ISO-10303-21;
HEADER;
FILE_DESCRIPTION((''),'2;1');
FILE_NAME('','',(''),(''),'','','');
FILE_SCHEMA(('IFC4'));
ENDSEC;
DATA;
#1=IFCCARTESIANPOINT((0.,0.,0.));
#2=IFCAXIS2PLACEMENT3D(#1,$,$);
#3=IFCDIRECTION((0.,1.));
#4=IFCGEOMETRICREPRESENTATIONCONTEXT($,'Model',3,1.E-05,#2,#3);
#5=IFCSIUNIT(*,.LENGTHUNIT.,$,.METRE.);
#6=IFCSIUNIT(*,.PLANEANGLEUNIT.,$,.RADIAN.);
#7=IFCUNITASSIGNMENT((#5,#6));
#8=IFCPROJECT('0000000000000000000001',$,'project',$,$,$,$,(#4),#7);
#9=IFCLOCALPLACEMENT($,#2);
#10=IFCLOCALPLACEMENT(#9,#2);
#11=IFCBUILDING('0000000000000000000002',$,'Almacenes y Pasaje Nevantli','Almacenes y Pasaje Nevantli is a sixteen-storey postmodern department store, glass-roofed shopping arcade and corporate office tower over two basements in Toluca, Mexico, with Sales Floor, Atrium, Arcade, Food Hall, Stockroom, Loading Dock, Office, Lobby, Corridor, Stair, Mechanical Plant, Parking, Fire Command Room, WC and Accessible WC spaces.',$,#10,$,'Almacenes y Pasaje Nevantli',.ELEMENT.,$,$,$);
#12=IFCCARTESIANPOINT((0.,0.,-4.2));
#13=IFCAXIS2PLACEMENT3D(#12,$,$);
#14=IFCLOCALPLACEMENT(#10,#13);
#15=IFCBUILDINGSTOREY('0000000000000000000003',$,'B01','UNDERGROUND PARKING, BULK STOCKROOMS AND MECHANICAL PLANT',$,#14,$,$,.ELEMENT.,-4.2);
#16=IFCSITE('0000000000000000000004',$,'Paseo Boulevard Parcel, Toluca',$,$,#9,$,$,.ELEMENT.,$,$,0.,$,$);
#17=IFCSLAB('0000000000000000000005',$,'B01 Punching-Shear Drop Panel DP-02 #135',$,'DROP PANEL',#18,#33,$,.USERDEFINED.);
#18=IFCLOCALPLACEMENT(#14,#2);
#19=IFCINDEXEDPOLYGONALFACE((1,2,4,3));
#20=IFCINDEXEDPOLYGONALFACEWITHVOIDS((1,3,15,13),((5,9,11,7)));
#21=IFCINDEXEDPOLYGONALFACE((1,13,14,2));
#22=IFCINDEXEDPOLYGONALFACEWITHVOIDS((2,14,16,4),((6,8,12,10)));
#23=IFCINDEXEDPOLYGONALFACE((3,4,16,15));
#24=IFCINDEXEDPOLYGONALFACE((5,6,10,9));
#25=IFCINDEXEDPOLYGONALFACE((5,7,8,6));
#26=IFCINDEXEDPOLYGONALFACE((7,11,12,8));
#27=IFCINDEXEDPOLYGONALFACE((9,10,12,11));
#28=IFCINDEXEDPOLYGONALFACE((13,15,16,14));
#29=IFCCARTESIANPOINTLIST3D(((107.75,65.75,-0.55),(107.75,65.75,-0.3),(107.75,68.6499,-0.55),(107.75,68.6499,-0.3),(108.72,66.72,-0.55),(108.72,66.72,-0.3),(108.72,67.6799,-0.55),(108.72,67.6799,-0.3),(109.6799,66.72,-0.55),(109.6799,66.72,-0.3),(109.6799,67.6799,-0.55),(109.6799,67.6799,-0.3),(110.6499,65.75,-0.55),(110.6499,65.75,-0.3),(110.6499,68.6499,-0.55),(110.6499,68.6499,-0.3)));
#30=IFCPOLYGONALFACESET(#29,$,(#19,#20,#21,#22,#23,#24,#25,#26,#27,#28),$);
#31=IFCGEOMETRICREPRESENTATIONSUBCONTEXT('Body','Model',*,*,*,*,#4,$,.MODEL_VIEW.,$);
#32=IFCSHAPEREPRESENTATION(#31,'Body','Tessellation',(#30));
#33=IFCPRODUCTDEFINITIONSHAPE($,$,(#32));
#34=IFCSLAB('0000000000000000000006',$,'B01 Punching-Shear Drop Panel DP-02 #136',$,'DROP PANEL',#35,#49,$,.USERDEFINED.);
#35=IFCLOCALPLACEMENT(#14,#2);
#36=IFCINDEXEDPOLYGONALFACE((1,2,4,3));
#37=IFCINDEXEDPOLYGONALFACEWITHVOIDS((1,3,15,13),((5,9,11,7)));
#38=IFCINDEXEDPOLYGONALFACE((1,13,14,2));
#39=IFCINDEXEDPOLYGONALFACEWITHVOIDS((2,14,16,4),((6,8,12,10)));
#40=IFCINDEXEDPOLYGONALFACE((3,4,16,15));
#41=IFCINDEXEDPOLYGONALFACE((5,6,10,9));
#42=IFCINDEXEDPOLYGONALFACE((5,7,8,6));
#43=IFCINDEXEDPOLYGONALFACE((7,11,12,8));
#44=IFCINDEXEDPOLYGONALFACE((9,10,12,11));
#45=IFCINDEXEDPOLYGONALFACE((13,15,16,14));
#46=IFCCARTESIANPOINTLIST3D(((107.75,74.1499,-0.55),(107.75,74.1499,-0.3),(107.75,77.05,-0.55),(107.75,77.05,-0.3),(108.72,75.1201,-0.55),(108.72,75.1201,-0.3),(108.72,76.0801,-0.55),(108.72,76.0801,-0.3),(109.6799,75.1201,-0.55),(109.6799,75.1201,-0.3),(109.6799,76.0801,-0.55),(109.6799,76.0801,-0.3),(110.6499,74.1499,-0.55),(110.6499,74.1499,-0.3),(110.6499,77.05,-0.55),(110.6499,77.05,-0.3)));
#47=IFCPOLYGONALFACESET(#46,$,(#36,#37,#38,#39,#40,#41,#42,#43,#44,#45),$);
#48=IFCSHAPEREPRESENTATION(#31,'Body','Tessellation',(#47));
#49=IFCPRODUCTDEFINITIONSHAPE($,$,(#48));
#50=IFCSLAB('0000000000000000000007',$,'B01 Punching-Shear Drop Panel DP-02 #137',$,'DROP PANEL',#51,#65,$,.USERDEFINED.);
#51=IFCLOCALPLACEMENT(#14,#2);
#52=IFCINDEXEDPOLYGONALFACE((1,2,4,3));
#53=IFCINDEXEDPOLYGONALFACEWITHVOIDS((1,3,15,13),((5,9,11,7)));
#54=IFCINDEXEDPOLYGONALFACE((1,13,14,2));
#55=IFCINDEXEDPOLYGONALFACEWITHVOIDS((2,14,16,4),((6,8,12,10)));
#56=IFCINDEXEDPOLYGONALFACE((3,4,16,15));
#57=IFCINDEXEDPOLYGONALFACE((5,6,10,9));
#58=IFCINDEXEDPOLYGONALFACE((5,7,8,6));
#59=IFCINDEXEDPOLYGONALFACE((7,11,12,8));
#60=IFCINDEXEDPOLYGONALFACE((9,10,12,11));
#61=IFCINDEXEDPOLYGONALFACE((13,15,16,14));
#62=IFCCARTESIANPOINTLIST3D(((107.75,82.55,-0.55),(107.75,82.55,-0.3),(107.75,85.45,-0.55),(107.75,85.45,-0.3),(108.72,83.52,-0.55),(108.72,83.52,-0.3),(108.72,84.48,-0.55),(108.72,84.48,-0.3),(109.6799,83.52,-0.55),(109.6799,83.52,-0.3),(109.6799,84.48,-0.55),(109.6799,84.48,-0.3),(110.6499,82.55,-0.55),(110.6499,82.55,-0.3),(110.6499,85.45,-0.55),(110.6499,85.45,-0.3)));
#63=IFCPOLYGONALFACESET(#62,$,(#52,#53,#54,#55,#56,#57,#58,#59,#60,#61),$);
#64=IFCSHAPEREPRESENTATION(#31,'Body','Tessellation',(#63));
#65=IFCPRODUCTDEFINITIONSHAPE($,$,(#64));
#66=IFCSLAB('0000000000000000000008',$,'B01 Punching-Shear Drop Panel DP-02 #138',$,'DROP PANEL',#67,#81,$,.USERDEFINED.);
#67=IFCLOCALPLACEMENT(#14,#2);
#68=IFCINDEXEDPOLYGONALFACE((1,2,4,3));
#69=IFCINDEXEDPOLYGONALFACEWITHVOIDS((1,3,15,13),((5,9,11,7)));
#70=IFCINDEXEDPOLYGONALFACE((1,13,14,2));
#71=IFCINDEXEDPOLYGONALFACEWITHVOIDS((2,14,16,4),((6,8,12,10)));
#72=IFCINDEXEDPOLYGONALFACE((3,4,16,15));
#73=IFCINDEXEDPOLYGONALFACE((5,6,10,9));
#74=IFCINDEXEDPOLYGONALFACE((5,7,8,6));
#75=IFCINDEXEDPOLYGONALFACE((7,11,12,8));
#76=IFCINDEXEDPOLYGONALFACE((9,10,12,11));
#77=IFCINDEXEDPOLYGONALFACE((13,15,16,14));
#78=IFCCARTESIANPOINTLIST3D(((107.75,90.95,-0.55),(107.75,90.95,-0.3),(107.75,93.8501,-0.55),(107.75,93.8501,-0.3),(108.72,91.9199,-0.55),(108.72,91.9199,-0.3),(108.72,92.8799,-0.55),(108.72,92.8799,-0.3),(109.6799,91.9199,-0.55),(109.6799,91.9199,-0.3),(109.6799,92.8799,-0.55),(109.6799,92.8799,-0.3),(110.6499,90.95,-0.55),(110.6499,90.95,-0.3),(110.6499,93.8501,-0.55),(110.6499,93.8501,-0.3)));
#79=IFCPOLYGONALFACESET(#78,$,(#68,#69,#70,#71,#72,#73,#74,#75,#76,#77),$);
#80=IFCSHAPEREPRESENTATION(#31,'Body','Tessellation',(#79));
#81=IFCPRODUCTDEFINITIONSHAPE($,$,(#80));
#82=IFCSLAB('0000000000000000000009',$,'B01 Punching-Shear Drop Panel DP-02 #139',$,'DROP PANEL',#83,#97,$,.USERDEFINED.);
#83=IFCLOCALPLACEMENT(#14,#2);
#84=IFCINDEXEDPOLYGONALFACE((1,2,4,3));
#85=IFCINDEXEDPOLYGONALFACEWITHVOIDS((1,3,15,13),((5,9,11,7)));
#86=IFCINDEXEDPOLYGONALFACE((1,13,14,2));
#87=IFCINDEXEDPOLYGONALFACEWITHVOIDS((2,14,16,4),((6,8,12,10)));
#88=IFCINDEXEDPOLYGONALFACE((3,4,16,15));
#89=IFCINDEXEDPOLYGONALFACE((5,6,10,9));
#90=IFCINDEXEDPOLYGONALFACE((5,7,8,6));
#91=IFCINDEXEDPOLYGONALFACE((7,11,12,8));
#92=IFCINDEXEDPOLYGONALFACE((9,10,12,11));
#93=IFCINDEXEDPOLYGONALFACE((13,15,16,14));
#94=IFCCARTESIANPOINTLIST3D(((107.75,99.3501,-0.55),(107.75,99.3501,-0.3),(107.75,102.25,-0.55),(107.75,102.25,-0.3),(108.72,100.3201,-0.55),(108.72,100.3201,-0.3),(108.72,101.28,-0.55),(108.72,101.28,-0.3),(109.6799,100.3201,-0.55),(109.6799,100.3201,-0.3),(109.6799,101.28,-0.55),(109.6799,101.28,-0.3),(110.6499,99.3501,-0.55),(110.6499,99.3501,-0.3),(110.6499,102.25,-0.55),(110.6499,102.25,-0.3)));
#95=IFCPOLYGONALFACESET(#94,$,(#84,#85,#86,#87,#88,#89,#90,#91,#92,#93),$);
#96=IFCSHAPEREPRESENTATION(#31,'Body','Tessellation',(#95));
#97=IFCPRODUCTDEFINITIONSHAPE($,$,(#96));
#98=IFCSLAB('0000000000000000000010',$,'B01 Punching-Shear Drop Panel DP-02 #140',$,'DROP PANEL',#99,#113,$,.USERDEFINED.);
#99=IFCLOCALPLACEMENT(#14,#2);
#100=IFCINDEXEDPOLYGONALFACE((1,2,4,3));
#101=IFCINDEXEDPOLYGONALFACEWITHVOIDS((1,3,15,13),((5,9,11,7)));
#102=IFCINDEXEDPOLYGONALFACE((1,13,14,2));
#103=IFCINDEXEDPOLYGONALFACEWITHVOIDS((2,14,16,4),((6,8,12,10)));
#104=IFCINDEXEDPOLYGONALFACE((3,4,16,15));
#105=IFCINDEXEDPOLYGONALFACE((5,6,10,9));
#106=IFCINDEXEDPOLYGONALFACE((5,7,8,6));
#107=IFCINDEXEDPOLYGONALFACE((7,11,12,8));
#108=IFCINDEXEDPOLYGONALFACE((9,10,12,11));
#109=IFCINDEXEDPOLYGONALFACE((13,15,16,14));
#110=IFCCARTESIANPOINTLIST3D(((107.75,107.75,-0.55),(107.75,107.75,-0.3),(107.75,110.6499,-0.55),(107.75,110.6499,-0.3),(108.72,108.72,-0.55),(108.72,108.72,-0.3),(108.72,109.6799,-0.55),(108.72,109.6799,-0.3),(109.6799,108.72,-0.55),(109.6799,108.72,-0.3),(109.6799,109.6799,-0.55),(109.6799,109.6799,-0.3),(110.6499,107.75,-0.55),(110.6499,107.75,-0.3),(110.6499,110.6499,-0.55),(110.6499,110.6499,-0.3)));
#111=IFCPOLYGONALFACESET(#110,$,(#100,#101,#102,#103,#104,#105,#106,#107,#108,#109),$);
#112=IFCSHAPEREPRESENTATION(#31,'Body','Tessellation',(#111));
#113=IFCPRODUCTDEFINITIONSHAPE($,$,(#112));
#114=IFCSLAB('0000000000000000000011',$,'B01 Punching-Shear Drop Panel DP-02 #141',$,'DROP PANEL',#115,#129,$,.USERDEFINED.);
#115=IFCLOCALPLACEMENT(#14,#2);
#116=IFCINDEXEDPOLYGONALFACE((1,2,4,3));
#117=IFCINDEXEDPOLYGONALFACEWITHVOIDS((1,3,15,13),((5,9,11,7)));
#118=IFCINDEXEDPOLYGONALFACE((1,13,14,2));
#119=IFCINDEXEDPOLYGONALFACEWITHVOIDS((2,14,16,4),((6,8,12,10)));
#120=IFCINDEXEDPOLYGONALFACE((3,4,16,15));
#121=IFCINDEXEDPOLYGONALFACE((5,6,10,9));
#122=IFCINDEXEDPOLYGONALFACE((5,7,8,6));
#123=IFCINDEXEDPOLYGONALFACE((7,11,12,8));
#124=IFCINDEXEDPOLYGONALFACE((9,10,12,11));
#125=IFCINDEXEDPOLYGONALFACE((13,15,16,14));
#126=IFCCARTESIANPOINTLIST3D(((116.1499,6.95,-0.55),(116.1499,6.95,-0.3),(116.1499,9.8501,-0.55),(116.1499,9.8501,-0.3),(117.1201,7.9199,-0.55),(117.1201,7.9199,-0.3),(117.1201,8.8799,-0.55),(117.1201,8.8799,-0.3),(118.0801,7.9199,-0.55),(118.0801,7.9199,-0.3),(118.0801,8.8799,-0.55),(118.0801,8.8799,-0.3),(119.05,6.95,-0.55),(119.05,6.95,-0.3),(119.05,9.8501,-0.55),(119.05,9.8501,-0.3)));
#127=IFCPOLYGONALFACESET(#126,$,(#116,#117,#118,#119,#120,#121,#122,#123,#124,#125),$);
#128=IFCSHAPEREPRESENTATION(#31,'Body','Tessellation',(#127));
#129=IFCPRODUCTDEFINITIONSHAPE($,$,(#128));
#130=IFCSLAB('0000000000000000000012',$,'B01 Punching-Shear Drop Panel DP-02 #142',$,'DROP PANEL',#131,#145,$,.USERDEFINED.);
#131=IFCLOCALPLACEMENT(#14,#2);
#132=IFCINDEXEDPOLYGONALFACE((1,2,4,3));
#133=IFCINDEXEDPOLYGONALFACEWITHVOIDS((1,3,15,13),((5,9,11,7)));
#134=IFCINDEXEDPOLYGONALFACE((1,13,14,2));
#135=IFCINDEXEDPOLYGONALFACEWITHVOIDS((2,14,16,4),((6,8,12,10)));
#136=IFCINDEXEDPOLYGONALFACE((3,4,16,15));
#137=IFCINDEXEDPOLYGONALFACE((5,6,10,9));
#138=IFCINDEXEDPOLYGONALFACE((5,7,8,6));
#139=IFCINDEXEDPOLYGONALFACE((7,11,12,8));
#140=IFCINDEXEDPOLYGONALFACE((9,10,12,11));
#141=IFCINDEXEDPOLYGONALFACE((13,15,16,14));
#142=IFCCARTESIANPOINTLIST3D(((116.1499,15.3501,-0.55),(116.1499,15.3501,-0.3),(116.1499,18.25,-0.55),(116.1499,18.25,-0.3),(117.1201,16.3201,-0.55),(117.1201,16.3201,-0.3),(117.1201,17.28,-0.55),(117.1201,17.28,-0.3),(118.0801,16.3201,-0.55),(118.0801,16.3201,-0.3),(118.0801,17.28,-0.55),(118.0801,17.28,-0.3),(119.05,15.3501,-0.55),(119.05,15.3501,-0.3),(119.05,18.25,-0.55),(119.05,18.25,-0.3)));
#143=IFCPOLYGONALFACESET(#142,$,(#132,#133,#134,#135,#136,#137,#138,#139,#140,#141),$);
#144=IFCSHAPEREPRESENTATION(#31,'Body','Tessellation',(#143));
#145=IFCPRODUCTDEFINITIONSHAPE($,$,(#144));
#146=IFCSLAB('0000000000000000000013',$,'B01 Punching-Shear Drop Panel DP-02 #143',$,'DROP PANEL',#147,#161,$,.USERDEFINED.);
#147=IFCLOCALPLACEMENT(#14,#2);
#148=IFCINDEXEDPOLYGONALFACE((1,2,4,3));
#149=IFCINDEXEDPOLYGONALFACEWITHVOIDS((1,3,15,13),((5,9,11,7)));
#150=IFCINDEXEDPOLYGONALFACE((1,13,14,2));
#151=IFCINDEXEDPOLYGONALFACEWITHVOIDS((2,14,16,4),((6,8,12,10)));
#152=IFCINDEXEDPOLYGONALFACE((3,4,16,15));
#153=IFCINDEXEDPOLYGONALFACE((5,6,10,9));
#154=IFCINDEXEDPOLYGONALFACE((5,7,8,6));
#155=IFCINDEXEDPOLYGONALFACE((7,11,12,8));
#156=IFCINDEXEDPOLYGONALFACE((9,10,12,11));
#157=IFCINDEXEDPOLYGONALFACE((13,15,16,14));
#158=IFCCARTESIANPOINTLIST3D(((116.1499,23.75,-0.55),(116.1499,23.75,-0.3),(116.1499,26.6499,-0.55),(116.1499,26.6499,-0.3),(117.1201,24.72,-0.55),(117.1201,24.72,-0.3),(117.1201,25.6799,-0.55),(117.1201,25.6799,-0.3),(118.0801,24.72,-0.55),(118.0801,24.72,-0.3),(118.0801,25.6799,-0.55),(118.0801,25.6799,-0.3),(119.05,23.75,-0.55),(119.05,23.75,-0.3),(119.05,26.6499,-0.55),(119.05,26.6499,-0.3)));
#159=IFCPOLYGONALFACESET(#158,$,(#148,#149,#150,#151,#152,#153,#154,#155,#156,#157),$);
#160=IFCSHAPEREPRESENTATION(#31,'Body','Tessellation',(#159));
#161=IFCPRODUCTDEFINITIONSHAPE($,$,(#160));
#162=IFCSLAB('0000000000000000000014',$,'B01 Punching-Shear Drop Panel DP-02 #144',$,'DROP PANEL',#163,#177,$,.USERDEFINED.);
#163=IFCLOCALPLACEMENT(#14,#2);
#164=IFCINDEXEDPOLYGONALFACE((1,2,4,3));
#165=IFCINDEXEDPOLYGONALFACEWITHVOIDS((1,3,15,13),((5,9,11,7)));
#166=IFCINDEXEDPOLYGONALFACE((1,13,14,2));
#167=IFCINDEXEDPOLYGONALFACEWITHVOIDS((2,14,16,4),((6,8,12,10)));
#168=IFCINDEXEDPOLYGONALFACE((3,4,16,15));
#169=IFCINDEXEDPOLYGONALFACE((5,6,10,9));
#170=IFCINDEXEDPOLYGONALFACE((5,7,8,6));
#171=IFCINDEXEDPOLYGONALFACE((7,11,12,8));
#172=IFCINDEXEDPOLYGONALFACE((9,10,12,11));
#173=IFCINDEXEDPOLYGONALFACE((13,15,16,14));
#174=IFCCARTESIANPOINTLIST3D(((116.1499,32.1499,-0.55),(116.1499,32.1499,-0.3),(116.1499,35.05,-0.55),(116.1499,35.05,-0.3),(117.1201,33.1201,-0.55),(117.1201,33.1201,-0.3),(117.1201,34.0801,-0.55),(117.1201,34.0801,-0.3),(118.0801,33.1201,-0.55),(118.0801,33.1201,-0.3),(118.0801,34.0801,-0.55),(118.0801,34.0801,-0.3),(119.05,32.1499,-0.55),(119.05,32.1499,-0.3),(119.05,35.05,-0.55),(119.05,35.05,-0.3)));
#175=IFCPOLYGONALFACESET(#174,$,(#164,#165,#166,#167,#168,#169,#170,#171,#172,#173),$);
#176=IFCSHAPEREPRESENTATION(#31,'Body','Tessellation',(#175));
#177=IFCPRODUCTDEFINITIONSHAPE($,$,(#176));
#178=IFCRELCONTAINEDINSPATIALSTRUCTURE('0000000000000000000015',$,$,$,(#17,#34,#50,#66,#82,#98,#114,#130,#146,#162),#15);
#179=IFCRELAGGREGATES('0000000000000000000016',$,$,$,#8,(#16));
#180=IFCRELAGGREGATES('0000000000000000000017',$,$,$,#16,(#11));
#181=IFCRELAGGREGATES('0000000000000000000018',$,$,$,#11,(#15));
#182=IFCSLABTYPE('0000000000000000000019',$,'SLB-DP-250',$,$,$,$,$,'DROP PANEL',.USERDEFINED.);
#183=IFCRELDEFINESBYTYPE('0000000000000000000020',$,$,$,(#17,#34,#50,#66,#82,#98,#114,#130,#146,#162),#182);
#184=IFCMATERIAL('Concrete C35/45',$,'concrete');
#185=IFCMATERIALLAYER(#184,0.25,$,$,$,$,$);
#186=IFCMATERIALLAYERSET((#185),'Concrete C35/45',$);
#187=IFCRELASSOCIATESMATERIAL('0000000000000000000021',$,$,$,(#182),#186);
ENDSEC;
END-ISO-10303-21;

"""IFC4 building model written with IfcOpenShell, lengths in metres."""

from ifc_helpers import new_model, si_unit, direction, frame, origin, place, context, subcontext, project, spatial, polyline, outline, extrude, material, layer, layer_set, type_object, element, save


model = new_model("IFC4")

# Units and contexts
model_context = context("Model", 3, precision=1e-05, world=origin(), true_north=direction((0.0, 1.0)))
body_context = subcontext(model_context, "Body", "Model", "MODEL_VIEW")
ifc_project = project(units=[si_unit("LENGTHUNIT", "METRE"), si_unit("PLANEANGLEUNIT", "RADIAN")], contexts=[model_context])

# Site, building, storey
site_placement = place(None, origin())
site = spatial("IfcSite", under=ifc_project, at=site_placement, Name="Paseo Boulevard Parcel, Toluca", CompositionType="ELEMENT", RefElevation=0.0)
building_placement = place(site_placement, origin())
building = spatial("IfcBuilding", under=site, at=building_placement, Name="Almacenes y Pasaje Nevantli", Description="Almacenes y Pasaje Nevantli is a sixteen-storey postmodern department store, glass-roofed shopping arcade and corporate office tower over two basements in Toluca, Mexico, with Sales Floor, Atrium, Arcade, Food Hall, Stockroom, Loading Dock, Office, Lobby, Corridor, Stair, Mechanical Plant, Parking, Fire Command Room, WC and Accessible WC spaces.", LongName="Almacenes y Pasaje Nevantli", CompositionType="ELEMENT")
storey_placement = place(building_placement, frame((0.0, 0.0, -4.2)))
storey = spatial("IfcBuildingStorey", under=building, at=storey_placement, Name="B01", Description="UNDERGROUND PARKING, BULK STOCKROOMS AND MECHANICAL PLANT", CompositionType="ELEMENT", Elevation=-4.2)

# Slabs
ifc_material = material(Name="Concrete C35/45", Category="concrete")
ifc_layer = layer(ifc_material, 0.25)
ifc_layer_set = layer_set([ifc_layer], Name="Concrete C35/45")
slab_type = type_object("IfcSlabType", Name="SLB-DP-250", ElementType="DROP PANEL", PredefinedType="USERDEFINED", material=ifc_layer_set)
slab_1_placement = place(storey_placement, frame((0.0, 0.0, -0.55)))
element("IfcSlab", 1, at=slab_1_placement, inside=storey, type_object=slab_type, Name="B01 Punching-Shear Drop Panel DP-02 #135", ObjectType="DROP PANEL", PredefinedType="USERDEFINED", context=body_context, shape_type="SweptSolid", body=[
    extrude(outline(polyline([(107.75, 65.75), (110.6499, 65.75), (110.6499, 68.6499), (107.75, 68.6499), (107.75, 65.75)]), holes=[polyline([(108.72, 66.72), (109.6799, 66.72), (109.6799, 67.6799), (108.72, 67.6799), (108.72, 66.72)])]), origin(), (0.0, 0.0, 1.0), 0.25),
])
slab_2_placement = place(storey_placement, frame((0.0, 0.0, -0.55)))
element("IfcSlab", 2, at=slab_2_placement, inside=storey, type_object=slab_type, Name="B01 Punching-Shear Drop Panel DP-02 #136", ObjectType="DROP PANEL", PredefinedType="USERDEFINED", context=body_context, shape_type="SweptSolid", body=[
    extrude(outline(polyline([(107.75, 74.1499), (110.6499, 74.1499), (110.6499, 77.05), (107.75, 77.05), (107.75, 74.1499)]), holes=[polyline([(108.72, 75.1201), (109.6799, 75.1201), (109.6799, 76.0801), (108.72, 76.0801), (108.72, 75.1201)])]), origin(), (0.0, 0.0, 1.0), 0.25),
])
slab_3_placement = place(storey_placement, frame((0.0, 0.0, -0.55)))
element("IfcSlab", 3, at=slab_3_placement, inside=storey, type_object=slab_type, Name="B01 Punching-Shear Drop Panel DP-02 #137", ObjectType="DROP PANEL", PredefinedType="USERDEFINED", context=body_context, shape_type="SweptSolid", body=[
    extrude(outline(polyline([(107.75, 82.55), (110.6499, 82.55), (110.6499, 85.45), (107.75, 85.45), (107.75, 82.55)]), holes=[polyline([(108.72, 83.52), (109.6799, 83.52), (109.6799, 84.48), (108.72, 84.48), (108.72, 83.52)])]), origin(), (0.0, 0.0, 1.0), 0.25),
])
slab_4_placement = place(storey_placement, frame((0.0, 0.0, -0.55)))
element("IfcSlab", 4, at=slab_4_placement, inside=storey, type_object=slab_type, Name="B01 Punching-Shear Drop Panel DP-02 #138", ObjectType="DROP PANEL", PredefinedType="USERDEFINED", context=body_context, shape_type="SweptSolid", body=[
    extrude(outline(polyline([(107.75, 90.95), (110.6499, 90.95), (110.6499, 93.8501), (107.75, 93.8501), (107.75, 90.95)]), holes=[polyline([(108.72, 91.9199), (109.6799, 91.9199), (109.6799, 92.8799), (108.72, 92.8799), (108.72, 91.9199)])]), origin(), (0.0, 0.0, 1.0), 0.25),
])
slab_5_placement = place(storey_placement, frame((0.0, 0.0, -0.55)))
element("IfcSlab", 5, at=slab_5_placement, inside=storey, type_object=slab_type, Name="B01 Punching-Shear Drop Panel DP-02 #139", ObjectType="DROP PANEL", PredefinedType="USERDEFINED", context=body_context, shape_type="SweptSolid", body=[
    extrude(outline(polyline([(107.75, 99.3501), (110.6499, 99.3501), (110.6499, 102.25), (107.75, 102.25), (107.75, 99.3501)]), holes=[polyline([(108.72, 100.3201), (109.6799, 100.3201), (109.6799, 101.28), (108.72, 101.28), (108.72, 100.3201)])]), origin(), (0.0, 0.0, 1.0), 0.25),
])
slab_6_placement = place(storey_placement, frame((0.0, 0.0, -0.55)))
element("IfcSlab", 6, at=slab_6_placement, inside=storey, type_object=slab_type, Name="B01 Punching-Shear Drop Panel DP-02 #140", ObjectType="DROP PANEL", PredefinedType="USERDEFINED", context=body_context, shape_type="SweptSolid", body=[
    extrude(outline(polyline([(107.75, 107.75), (110.6499, 107.75), (110.6499, 110.6499), (107.75, 110.6499), (107.75, 107.75)]), holes=[polyline([(108.72, 108.72), (109.6799, 108.72), (109.6799, 109.6799), (108.72, 109.6799), (108.72, 108.72)])]), origin(), (0.0, 0.0, 1.0), 0.25),
])
slab_7_placement = place(storey_placement, frame((0.0, 0.0, -0.55)))
element("IfcSlab", 7, at=slab_7_placement, inside=storey, type_object=slab_type, Name="B01 Punching-Shear Drop Panel DP-02 #141", ObjectType="DROP PANEL", PredefinedType="USERDEFINED", context=body_context, shape_type="SweptSolid", body=[
    extrude(outline(polyline([(116.1499, 6.95), (119.05, 6.95), (119.05, 9.8501), (116.1499, 9.8501), (116.1499, 6.95)]), holes=[polyline([(117.1201, 7.9199), (118.0801, 7.9199), (118.0801, 8.8799), (117.1201, 8.8799), (117.1201, 7.9199)])]), origin(), (0.0, 0.0, 1.0), 0.25),
])
slab_8_placement = place(storey_placement, frame((0.0, 0.0, -0.55)))
element("IfcSlab", 8, at=slab_8_placement, inside=storey, type_object=slab_type, Name="B01 Punching-Shear Drop Panel DP-02 #142", ObjectType="DROP PANEL", PredefinedType="USERDEFINED", context=body_context, shape_type="SweptSolid", body=[
    extrude(outline(polyline([(116.1499, 15.3501), (119.05, 15.3501), (119.05, 18.25), (116.1499, 18.25), (116.1499, 15.3501)]), holes=[polyline([(117.1201, 16.3201), (118.0801, 16.3201), (118.0801, 17.28), (117.1201, 17.28), (117.1201, 16.3201)])]), origin(), (0.0, 0.0, 1.0), 0.25),
])
slab_9_placement = place(storey_placement, frame((0.0, 0.0, -0.55)))
element("IfcSlab", 9, at=slab_9_placement, inside=storey, type_object=slab_type, Name="B01 Punching-Shear Drop Panel DP-02 #143", ObjectType="DROP PANEL", PredefinedType="USERDEFINED", context=body_context, shape_type="SweptSolid", body=[
    extrude(outline(polyline([(116.1499, 23.75), (119.05, 23.75), (119.05, 26.6499), (116.1499, 26.6499), (116.1499, 23.75)]), holes=[polyline([(117.1201, 24.72), (118.0801, 24.72), (118.0801, 25.6799), (117.1201, 25.6799), (117.1201, 24.72)])]), origin(), (0.0, 0.0, 1.0), 0.25),
])
slab_10_placement = place(storey_placement, frame((0.0, 0.0, -0.55)))
element("IfcSlab", 10, at=slab_10_placement, inside=storey, type_object=slab_type, Name="B01 Punching-Shear Drop Panel DP-02 #144", ObjectType="DROP PANEL", PredefinedType="USERDEFINED", context=body_context, shape_type="SweptSolid", body=[
    extrude(outline(polyline([(116.1499, 32.1499), (119.05, 32.1499), (119.05, 35.05), (116.1499, 35.05), (116.1499, 32.1499)]), holes=[polyline([(117.1201, 33.1201), (118.0801, 33.1201), (118.0801, 34.0801), (117.1201, 34.0801), (117.1201, 33.1201)])]), origin(), (0.0, 0.0, 1.0), 0.25),
])

save(model, "model.ifc")
